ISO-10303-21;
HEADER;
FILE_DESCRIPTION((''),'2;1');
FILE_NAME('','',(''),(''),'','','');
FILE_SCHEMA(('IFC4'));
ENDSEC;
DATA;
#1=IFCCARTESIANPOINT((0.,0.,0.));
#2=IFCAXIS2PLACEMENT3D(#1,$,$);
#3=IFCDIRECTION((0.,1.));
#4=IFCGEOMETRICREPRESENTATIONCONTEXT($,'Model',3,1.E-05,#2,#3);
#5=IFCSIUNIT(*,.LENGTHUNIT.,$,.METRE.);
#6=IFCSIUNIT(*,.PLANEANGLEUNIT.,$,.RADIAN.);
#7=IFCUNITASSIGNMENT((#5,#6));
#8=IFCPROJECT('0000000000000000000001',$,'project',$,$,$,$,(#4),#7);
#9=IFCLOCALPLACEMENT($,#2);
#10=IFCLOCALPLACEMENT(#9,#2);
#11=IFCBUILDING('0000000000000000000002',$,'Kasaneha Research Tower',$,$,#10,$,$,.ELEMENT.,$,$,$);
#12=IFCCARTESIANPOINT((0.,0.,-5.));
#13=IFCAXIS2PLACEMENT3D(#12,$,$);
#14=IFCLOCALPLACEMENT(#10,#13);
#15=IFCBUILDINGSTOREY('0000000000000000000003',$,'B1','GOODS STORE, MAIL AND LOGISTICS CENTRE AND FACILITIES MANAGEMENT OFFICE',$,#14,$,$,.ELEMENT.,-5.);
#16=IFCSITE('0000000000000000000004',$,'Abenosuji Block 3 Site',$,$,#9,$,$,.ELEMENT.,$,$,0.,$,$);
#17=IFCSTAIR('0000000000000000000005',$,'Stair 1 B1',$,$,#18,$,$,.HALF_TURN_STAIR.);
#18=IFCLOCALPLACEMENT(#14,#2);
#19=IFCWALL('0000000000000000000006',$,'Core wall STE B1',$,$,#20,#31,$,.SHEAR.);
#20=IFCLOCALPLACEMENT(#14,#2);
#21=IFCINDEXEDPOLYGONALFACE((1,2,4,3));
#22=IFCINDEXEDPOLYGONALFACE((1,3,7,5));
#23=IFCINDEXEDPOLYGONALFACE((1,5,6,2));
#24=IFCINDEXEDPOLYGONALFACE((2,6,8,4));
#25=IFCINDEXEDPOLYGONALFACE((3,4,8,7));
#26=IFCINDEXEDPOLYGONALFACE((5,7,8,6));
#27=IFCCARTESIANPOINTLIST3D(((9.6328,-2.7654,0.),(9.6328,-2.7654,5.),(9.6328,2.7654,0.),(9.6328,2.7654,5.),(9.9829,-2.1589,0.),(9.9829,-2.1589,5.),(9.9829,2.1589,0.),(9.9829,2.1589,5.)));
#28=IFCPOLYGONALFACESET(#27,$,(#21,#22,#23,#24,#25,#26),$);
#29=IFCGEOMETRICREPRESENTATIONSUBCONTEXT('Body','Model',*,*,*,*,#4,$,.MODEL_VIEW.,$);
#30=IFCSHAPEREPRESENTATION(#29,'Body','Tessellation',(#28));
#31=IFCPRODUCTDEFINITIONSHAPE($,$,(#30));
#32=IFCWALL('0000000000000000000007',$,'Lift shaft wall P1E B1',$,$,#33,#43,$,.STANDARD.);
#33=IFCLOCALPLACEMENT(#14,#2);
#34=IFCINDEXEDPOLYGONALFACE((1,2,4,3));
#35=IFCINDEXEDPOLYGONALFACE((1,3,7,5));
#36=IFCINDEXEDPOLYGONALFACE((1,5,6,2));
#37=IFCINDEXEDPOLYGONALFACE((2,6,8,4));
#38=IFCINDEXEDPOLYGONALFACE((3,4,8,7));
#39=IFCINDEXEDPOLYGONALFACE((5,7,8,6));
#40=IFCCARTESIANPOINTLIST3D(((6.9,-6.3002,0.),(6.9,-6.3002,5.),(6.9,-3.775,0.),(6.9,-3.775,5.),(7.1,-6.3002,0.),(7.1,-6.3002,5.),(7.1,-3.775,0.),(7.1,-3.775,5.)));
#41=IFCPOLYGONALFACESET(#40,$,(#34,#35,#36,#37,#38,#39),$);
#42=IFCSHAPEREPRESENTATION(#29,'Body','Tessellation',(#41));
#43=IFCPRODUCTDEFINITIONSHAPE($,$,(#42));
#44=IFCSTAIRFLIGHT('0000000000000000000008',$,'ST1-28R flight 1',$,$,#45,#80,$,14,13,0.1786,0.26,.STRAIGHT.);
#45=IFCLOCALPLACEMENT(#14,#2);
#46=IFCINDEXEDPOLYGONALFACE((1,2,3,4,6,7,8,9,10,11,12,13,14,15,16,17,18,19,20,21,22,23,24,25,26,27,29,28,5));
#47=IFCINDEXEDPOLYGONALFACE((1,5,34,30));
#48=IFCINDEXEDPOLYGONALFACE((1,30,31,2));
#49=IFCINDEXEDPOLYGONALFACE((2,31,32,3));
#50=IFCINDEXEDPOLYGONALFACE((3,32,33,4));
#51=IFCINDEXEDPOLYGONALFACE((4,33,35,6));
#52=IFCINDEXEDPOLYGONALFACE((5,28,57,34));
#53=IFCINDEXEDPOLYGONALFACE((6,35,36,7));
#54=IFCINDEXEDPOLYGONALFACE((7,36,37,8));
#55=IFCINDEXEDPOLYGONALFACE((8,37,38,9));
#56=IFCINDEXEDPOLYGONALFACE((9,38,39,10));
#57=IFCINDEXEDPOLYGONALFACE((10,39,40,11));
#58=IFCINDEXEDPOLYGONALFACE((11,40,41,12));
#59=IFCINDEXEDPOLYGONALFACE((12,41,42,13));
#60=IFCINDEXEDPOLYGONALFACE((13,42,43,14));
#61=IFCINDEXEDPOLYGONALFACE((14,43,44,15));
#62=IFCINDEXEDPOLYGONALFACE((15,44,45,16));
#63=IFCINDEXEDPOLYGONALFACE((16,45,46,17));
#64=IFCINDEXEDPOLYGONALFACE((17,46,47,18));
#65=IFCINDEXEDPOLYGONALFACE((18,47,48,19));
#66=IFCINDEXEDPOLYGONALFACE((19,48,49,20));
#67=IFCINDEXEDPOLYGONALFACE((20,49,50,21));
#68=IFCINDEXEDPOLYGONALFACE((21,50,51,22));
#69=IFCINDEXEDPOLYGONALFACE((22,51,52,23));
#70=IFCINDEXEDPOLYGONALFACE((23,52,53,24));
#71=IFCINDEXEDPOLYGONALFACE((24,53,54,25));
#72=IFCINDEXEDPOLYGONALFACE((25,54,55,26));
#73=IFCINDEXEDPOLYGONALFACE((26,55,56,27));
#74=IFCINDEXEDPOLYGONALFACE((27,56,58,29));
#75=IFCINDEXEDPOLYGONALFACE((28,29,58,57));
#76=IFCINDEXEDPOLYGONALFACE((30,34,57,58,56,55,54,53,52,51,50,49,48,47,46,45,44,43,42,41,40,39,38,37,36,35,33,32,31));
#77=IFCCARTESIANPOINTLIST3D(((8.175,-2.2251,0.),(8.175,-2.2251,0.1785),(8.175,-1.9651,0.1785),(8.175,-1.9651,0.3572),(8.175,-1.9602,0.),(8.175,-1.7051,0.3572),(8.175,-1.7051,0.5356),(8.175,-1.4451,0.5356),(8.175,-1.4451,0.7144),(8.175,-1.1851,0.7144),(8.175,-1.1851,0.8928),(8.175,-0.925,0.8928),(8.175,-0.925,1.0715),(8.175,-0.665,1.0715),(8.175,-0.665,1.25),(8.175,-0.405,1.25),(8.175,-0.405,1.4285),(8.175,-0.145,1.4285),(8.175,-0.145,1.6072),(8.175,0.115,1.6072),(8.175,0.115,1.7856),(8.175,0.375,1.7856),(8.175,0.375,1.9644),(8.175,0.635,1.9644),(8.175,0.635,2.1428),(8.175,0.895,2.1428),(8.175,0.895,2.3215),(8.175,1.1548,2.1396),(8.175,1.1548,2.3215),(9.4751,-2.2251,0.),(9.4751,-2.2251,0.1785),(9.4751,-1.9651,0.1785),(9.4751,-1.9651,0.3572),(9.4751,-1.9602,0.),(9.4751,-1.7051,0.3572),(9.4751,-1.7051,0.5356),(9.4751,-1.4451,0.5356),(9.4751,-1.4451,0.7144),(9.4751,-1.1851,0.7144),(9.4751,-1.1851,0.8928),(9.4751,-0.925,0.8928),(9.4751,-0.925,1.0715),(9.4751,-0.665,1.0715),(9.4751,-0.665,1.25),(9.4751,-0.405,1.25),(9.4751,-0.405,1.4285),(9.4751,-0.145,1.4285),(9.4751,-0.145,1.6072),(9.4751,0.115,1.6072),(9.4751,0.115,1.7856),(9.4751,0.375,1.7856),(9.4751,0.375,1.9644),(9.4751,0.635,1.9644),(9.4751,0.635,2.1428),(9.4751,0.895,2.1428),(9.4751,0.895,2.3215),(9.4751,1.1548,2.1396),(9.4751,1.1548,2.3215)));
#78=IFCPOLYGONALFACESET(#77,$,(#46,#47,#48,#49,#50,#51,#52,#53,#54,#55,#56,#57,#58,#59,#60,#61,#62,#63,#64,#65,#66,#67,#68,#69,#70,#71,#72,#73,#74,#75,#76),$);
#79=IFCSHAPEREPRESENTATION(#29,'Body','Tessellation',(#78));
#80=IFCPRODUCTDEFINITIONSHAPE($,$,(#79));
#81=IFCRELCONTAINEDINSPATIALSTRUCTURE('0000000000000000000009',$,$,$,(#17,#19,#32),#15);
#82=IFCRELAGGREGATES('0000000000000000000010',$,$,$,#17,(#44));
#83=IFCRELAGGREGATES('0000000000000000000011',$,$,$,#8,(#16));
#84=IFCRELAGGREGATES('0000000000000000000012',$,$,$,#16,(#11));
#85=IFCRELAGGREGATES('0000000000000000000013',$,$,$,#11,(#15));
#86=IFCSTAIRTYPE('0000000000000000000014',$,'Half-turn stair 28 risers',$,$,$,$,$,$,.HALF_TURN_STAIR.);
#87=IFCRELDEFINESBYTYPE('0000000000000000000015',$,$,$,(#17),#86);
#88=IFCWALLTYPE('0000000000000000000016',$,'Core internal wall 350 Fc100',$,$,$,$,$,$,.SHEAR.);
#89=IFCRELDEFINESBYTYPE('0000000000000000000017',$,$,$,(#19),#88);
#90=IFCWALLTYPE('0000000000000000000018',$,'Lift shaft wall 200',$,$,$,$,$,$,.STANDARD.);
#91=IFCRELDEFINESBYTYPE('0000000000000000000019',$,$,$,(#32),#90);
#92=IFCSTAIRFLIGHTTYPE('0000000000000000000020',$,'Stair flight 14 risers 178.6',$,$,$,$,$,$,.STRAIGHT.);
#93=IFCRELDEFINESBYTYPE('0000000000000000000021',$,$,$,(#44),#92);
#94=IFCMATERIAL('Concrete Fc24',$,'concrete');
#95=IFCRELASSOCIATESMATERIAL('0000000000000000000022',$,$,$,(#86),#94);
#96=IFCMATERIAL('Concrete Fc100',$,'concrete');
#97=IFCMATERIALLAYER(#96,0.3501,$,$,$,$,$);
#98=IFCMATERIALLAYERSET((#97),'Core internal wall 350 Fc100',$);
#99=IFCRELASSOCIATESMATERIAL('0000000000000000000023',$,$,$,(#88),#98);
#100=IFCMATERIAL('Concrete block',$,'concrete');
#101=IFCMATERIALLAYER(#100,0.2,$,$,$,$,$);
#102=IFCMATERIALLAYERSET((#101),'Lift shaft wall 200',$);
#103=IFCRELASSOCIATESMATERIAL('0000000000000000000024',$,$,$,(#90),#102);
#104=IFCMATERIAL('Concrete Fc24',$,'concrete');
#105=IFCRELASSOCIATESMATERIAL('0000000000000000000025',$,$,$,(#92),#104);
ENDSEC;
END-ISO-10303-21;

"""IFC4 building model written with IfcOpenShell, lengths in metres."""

from ifc_helpers import new_model, si_unit, direction, frame, frame_2d, origin, place, context, subcontext, project, spatial, polyline, rectangle, outline, extrude, material, layer, layer_set, type_object, element, aggregate, save


model = new_model("IFC4")

# Units and contexts
model_context = context("Model", 3, precision=1e-05, world=origin(), true_north=direction((0.0, 1.0)))
body_context = subcontext(model_context, "Body", "Model", "MODEL_VIEW")
ifc_project = project(units=[si_unit("LENGTHUNIT", "METRE"), si_unit("PLANEANGLEUNIT", "RADIAN")], contexts=[model_context])

# Site, building, storey
site_placement = place(None, origin())
site = spatial("IfcSite", under=ifc_project, at=site_placement, Name="Abenosuji Block 3 Site", CompositionType="ELEMENT", RefElevation=0.0)
building_placement = place(site_placement, origin())
building = spatial("IfcBuilding", under=site, at=building_placement, Name="Kasaneha Research Tower", CompositionType="ELEMENT")
storey_placement = place(building_placement, frame((0.0, 0.0, -5.0)))
storey = spatial("IfcBuildingStorey", under=building, at=storey_placement, Name="B1", Description="GOODS STORE, MAIL AND LOGISTICS CENTRE AND FACILITIES MANAGEMENT OFFICE", CompositionType="ELEMENT", Elevation=-5.0)

# Stair
ifc_material_1 = material(Name="Concrete Fc24", Category="concrete")
stair_type = type_object("IfcStairType", Name="Half-turn stair 28 risers", PredefinedType="HALF_TURN_STAIR", material=ifc_material_1)
stair_placement = place(storey_placement, origin())
stair = element("IfcStair", 1, at=stair_placement, inside=storey, type_object=stair_type, Name="Stair 1 B1", PredefinedType="HALF_TURN_STAIR")

# Shared definitions
ifc_material_2 = material(Name="Concrete Fc100", Category="concrete")
ifc_layer_1 = layer(ifc_material_2, 0.3501)
ifc_layer_set_1 = layer_set([ifc_layer_1], Name="Core internal wall 350 Fc100")
wall_type_1 = type_object("IfcWallType", Name="Core internal wall 350 Fc100", PredefinedType="SHEAR", material=ifc_layer_set_1)

# Walls
wall_1_placement = place(storey_placement, frame((9.8079, -2.4622, 0.0), z_axis=(0.0, 0.0, 1.0), x_axis=(0.0, 1.0, 0.0)))
element("IfcWall", 2, at=wall_1_placement, inside=storey, type_object=wall_type_1, Name="Core wall STE B1", PredefinedType="SHEAR", context=body_context, shape_type="SweptSolid", body=[
    extrude(outline(polyline([(0.3032, -0.175), (4.6211, -0.175), (5.2275, 0.175), (-0.3032, 0.175), (0.3032, -0.175)])), origin(), (0.0, 0.0, 1.0), 5.0),
])
ifc_material_3 = material(Name="Concrete block", Category="concrete")
ifc_layer_2 = layer(ifc_material_3, 0.2)
ifc_layer_set_2 = layer_set([ifc_layer_2], Name="Lift shaft wall 200")
wall_type_2 = type_object("IfcWallType", Name="Lift shaft wall 200", PredefinedType="STANDARD", material=ifc_layer_set_2)
wall_2_placement = place(storey_placement, frame((7.0, -3.7749, 0.0), z_axis=(0.0, 0.0, 1.0), x_axis=(0.0, -1.0, 0.0)))
element("IfcWall", 3, at=wall_2_placement, inside=storey, type_object=wall_type_2, Name="Lift shaft wall P1E B1", PredefinedType="STANDARD", context=body_context, shape_type="SweptSolid", body=[
    extrude(rectangle(XDim=2.5251, YDim=0.2, at=frame_2d((1.2627, 0.0))), origin(), (0.0, 0.0, 1.0), 5.0),
])

# Stair flight
ifc_material_4 = material(Name="Concrete Fc24", Category="concrete")
stair_flight_type = type_object("IfcStairFlightType", Name="Stair flight 14 risers 178.6", PredefinedType="STRAIGHT", material=ifc_material_4)
stair_flight_placement = place(storey_placement, frame((8.825, -2.2251, 0.0), z_axis=(0.0, 0.0, 1.0), x_axis=(0.0, 1.0, 0.0)))
stair_flight = element("IfcStairFlight", 4, at=stair_flight_placement, type_object=stair_flight_type, Name="ST1-28R flight 1", NumberOfRisers=14, NumberOfTreads=13, PredefinedType="STRAIGHT", RiserHeight=0.1786, TreadLength=0.26, context=body_context, shape_type="SweptSolid", body=[
    extrude(outline(polyline([(0.0, 0.0), (0.0, 0.1785), (0.26, 0.1785), (0.26, 0.3572), (0.52, 0.3572), (0.52, 0.5356), (0.78, 0.5356), (0.78, 0.7144), (1.04, 0.7144), (1.04, 0.8928), (1.3, 0.8928), (1.3, 1.0715), (1.5601, 1.0715), (1.5601, 1.25), (1.8201, 1.25), (1.8201, 1.4285), (2.0801, 1.4285), (2.0801, 1.6072), (2.3401, 1.6072), (2.3401, 1.7856), (2.6001, 1.7856), (2.6001, 1.9644), (2.8601, 1.9644), (2.8601, 2.1428), (3.1201, 2.1428), (3.1201, 2.3215), (3.3799, 2.3215), (3.3799, 2.5), (3.3799, 2.1396), (0.2649, 0.0), (0.0, 0.0)])), frame((0.0, 0.6499, 0.0), z_axis=(0.0, -1.0, 0.0), x_axis=(1.0, 0.0, 0.0)), (0.0, 0.0, 1.0), 1.3),
])
aggregate(stair, [stair_flight])

save(model, "model.ifc")
